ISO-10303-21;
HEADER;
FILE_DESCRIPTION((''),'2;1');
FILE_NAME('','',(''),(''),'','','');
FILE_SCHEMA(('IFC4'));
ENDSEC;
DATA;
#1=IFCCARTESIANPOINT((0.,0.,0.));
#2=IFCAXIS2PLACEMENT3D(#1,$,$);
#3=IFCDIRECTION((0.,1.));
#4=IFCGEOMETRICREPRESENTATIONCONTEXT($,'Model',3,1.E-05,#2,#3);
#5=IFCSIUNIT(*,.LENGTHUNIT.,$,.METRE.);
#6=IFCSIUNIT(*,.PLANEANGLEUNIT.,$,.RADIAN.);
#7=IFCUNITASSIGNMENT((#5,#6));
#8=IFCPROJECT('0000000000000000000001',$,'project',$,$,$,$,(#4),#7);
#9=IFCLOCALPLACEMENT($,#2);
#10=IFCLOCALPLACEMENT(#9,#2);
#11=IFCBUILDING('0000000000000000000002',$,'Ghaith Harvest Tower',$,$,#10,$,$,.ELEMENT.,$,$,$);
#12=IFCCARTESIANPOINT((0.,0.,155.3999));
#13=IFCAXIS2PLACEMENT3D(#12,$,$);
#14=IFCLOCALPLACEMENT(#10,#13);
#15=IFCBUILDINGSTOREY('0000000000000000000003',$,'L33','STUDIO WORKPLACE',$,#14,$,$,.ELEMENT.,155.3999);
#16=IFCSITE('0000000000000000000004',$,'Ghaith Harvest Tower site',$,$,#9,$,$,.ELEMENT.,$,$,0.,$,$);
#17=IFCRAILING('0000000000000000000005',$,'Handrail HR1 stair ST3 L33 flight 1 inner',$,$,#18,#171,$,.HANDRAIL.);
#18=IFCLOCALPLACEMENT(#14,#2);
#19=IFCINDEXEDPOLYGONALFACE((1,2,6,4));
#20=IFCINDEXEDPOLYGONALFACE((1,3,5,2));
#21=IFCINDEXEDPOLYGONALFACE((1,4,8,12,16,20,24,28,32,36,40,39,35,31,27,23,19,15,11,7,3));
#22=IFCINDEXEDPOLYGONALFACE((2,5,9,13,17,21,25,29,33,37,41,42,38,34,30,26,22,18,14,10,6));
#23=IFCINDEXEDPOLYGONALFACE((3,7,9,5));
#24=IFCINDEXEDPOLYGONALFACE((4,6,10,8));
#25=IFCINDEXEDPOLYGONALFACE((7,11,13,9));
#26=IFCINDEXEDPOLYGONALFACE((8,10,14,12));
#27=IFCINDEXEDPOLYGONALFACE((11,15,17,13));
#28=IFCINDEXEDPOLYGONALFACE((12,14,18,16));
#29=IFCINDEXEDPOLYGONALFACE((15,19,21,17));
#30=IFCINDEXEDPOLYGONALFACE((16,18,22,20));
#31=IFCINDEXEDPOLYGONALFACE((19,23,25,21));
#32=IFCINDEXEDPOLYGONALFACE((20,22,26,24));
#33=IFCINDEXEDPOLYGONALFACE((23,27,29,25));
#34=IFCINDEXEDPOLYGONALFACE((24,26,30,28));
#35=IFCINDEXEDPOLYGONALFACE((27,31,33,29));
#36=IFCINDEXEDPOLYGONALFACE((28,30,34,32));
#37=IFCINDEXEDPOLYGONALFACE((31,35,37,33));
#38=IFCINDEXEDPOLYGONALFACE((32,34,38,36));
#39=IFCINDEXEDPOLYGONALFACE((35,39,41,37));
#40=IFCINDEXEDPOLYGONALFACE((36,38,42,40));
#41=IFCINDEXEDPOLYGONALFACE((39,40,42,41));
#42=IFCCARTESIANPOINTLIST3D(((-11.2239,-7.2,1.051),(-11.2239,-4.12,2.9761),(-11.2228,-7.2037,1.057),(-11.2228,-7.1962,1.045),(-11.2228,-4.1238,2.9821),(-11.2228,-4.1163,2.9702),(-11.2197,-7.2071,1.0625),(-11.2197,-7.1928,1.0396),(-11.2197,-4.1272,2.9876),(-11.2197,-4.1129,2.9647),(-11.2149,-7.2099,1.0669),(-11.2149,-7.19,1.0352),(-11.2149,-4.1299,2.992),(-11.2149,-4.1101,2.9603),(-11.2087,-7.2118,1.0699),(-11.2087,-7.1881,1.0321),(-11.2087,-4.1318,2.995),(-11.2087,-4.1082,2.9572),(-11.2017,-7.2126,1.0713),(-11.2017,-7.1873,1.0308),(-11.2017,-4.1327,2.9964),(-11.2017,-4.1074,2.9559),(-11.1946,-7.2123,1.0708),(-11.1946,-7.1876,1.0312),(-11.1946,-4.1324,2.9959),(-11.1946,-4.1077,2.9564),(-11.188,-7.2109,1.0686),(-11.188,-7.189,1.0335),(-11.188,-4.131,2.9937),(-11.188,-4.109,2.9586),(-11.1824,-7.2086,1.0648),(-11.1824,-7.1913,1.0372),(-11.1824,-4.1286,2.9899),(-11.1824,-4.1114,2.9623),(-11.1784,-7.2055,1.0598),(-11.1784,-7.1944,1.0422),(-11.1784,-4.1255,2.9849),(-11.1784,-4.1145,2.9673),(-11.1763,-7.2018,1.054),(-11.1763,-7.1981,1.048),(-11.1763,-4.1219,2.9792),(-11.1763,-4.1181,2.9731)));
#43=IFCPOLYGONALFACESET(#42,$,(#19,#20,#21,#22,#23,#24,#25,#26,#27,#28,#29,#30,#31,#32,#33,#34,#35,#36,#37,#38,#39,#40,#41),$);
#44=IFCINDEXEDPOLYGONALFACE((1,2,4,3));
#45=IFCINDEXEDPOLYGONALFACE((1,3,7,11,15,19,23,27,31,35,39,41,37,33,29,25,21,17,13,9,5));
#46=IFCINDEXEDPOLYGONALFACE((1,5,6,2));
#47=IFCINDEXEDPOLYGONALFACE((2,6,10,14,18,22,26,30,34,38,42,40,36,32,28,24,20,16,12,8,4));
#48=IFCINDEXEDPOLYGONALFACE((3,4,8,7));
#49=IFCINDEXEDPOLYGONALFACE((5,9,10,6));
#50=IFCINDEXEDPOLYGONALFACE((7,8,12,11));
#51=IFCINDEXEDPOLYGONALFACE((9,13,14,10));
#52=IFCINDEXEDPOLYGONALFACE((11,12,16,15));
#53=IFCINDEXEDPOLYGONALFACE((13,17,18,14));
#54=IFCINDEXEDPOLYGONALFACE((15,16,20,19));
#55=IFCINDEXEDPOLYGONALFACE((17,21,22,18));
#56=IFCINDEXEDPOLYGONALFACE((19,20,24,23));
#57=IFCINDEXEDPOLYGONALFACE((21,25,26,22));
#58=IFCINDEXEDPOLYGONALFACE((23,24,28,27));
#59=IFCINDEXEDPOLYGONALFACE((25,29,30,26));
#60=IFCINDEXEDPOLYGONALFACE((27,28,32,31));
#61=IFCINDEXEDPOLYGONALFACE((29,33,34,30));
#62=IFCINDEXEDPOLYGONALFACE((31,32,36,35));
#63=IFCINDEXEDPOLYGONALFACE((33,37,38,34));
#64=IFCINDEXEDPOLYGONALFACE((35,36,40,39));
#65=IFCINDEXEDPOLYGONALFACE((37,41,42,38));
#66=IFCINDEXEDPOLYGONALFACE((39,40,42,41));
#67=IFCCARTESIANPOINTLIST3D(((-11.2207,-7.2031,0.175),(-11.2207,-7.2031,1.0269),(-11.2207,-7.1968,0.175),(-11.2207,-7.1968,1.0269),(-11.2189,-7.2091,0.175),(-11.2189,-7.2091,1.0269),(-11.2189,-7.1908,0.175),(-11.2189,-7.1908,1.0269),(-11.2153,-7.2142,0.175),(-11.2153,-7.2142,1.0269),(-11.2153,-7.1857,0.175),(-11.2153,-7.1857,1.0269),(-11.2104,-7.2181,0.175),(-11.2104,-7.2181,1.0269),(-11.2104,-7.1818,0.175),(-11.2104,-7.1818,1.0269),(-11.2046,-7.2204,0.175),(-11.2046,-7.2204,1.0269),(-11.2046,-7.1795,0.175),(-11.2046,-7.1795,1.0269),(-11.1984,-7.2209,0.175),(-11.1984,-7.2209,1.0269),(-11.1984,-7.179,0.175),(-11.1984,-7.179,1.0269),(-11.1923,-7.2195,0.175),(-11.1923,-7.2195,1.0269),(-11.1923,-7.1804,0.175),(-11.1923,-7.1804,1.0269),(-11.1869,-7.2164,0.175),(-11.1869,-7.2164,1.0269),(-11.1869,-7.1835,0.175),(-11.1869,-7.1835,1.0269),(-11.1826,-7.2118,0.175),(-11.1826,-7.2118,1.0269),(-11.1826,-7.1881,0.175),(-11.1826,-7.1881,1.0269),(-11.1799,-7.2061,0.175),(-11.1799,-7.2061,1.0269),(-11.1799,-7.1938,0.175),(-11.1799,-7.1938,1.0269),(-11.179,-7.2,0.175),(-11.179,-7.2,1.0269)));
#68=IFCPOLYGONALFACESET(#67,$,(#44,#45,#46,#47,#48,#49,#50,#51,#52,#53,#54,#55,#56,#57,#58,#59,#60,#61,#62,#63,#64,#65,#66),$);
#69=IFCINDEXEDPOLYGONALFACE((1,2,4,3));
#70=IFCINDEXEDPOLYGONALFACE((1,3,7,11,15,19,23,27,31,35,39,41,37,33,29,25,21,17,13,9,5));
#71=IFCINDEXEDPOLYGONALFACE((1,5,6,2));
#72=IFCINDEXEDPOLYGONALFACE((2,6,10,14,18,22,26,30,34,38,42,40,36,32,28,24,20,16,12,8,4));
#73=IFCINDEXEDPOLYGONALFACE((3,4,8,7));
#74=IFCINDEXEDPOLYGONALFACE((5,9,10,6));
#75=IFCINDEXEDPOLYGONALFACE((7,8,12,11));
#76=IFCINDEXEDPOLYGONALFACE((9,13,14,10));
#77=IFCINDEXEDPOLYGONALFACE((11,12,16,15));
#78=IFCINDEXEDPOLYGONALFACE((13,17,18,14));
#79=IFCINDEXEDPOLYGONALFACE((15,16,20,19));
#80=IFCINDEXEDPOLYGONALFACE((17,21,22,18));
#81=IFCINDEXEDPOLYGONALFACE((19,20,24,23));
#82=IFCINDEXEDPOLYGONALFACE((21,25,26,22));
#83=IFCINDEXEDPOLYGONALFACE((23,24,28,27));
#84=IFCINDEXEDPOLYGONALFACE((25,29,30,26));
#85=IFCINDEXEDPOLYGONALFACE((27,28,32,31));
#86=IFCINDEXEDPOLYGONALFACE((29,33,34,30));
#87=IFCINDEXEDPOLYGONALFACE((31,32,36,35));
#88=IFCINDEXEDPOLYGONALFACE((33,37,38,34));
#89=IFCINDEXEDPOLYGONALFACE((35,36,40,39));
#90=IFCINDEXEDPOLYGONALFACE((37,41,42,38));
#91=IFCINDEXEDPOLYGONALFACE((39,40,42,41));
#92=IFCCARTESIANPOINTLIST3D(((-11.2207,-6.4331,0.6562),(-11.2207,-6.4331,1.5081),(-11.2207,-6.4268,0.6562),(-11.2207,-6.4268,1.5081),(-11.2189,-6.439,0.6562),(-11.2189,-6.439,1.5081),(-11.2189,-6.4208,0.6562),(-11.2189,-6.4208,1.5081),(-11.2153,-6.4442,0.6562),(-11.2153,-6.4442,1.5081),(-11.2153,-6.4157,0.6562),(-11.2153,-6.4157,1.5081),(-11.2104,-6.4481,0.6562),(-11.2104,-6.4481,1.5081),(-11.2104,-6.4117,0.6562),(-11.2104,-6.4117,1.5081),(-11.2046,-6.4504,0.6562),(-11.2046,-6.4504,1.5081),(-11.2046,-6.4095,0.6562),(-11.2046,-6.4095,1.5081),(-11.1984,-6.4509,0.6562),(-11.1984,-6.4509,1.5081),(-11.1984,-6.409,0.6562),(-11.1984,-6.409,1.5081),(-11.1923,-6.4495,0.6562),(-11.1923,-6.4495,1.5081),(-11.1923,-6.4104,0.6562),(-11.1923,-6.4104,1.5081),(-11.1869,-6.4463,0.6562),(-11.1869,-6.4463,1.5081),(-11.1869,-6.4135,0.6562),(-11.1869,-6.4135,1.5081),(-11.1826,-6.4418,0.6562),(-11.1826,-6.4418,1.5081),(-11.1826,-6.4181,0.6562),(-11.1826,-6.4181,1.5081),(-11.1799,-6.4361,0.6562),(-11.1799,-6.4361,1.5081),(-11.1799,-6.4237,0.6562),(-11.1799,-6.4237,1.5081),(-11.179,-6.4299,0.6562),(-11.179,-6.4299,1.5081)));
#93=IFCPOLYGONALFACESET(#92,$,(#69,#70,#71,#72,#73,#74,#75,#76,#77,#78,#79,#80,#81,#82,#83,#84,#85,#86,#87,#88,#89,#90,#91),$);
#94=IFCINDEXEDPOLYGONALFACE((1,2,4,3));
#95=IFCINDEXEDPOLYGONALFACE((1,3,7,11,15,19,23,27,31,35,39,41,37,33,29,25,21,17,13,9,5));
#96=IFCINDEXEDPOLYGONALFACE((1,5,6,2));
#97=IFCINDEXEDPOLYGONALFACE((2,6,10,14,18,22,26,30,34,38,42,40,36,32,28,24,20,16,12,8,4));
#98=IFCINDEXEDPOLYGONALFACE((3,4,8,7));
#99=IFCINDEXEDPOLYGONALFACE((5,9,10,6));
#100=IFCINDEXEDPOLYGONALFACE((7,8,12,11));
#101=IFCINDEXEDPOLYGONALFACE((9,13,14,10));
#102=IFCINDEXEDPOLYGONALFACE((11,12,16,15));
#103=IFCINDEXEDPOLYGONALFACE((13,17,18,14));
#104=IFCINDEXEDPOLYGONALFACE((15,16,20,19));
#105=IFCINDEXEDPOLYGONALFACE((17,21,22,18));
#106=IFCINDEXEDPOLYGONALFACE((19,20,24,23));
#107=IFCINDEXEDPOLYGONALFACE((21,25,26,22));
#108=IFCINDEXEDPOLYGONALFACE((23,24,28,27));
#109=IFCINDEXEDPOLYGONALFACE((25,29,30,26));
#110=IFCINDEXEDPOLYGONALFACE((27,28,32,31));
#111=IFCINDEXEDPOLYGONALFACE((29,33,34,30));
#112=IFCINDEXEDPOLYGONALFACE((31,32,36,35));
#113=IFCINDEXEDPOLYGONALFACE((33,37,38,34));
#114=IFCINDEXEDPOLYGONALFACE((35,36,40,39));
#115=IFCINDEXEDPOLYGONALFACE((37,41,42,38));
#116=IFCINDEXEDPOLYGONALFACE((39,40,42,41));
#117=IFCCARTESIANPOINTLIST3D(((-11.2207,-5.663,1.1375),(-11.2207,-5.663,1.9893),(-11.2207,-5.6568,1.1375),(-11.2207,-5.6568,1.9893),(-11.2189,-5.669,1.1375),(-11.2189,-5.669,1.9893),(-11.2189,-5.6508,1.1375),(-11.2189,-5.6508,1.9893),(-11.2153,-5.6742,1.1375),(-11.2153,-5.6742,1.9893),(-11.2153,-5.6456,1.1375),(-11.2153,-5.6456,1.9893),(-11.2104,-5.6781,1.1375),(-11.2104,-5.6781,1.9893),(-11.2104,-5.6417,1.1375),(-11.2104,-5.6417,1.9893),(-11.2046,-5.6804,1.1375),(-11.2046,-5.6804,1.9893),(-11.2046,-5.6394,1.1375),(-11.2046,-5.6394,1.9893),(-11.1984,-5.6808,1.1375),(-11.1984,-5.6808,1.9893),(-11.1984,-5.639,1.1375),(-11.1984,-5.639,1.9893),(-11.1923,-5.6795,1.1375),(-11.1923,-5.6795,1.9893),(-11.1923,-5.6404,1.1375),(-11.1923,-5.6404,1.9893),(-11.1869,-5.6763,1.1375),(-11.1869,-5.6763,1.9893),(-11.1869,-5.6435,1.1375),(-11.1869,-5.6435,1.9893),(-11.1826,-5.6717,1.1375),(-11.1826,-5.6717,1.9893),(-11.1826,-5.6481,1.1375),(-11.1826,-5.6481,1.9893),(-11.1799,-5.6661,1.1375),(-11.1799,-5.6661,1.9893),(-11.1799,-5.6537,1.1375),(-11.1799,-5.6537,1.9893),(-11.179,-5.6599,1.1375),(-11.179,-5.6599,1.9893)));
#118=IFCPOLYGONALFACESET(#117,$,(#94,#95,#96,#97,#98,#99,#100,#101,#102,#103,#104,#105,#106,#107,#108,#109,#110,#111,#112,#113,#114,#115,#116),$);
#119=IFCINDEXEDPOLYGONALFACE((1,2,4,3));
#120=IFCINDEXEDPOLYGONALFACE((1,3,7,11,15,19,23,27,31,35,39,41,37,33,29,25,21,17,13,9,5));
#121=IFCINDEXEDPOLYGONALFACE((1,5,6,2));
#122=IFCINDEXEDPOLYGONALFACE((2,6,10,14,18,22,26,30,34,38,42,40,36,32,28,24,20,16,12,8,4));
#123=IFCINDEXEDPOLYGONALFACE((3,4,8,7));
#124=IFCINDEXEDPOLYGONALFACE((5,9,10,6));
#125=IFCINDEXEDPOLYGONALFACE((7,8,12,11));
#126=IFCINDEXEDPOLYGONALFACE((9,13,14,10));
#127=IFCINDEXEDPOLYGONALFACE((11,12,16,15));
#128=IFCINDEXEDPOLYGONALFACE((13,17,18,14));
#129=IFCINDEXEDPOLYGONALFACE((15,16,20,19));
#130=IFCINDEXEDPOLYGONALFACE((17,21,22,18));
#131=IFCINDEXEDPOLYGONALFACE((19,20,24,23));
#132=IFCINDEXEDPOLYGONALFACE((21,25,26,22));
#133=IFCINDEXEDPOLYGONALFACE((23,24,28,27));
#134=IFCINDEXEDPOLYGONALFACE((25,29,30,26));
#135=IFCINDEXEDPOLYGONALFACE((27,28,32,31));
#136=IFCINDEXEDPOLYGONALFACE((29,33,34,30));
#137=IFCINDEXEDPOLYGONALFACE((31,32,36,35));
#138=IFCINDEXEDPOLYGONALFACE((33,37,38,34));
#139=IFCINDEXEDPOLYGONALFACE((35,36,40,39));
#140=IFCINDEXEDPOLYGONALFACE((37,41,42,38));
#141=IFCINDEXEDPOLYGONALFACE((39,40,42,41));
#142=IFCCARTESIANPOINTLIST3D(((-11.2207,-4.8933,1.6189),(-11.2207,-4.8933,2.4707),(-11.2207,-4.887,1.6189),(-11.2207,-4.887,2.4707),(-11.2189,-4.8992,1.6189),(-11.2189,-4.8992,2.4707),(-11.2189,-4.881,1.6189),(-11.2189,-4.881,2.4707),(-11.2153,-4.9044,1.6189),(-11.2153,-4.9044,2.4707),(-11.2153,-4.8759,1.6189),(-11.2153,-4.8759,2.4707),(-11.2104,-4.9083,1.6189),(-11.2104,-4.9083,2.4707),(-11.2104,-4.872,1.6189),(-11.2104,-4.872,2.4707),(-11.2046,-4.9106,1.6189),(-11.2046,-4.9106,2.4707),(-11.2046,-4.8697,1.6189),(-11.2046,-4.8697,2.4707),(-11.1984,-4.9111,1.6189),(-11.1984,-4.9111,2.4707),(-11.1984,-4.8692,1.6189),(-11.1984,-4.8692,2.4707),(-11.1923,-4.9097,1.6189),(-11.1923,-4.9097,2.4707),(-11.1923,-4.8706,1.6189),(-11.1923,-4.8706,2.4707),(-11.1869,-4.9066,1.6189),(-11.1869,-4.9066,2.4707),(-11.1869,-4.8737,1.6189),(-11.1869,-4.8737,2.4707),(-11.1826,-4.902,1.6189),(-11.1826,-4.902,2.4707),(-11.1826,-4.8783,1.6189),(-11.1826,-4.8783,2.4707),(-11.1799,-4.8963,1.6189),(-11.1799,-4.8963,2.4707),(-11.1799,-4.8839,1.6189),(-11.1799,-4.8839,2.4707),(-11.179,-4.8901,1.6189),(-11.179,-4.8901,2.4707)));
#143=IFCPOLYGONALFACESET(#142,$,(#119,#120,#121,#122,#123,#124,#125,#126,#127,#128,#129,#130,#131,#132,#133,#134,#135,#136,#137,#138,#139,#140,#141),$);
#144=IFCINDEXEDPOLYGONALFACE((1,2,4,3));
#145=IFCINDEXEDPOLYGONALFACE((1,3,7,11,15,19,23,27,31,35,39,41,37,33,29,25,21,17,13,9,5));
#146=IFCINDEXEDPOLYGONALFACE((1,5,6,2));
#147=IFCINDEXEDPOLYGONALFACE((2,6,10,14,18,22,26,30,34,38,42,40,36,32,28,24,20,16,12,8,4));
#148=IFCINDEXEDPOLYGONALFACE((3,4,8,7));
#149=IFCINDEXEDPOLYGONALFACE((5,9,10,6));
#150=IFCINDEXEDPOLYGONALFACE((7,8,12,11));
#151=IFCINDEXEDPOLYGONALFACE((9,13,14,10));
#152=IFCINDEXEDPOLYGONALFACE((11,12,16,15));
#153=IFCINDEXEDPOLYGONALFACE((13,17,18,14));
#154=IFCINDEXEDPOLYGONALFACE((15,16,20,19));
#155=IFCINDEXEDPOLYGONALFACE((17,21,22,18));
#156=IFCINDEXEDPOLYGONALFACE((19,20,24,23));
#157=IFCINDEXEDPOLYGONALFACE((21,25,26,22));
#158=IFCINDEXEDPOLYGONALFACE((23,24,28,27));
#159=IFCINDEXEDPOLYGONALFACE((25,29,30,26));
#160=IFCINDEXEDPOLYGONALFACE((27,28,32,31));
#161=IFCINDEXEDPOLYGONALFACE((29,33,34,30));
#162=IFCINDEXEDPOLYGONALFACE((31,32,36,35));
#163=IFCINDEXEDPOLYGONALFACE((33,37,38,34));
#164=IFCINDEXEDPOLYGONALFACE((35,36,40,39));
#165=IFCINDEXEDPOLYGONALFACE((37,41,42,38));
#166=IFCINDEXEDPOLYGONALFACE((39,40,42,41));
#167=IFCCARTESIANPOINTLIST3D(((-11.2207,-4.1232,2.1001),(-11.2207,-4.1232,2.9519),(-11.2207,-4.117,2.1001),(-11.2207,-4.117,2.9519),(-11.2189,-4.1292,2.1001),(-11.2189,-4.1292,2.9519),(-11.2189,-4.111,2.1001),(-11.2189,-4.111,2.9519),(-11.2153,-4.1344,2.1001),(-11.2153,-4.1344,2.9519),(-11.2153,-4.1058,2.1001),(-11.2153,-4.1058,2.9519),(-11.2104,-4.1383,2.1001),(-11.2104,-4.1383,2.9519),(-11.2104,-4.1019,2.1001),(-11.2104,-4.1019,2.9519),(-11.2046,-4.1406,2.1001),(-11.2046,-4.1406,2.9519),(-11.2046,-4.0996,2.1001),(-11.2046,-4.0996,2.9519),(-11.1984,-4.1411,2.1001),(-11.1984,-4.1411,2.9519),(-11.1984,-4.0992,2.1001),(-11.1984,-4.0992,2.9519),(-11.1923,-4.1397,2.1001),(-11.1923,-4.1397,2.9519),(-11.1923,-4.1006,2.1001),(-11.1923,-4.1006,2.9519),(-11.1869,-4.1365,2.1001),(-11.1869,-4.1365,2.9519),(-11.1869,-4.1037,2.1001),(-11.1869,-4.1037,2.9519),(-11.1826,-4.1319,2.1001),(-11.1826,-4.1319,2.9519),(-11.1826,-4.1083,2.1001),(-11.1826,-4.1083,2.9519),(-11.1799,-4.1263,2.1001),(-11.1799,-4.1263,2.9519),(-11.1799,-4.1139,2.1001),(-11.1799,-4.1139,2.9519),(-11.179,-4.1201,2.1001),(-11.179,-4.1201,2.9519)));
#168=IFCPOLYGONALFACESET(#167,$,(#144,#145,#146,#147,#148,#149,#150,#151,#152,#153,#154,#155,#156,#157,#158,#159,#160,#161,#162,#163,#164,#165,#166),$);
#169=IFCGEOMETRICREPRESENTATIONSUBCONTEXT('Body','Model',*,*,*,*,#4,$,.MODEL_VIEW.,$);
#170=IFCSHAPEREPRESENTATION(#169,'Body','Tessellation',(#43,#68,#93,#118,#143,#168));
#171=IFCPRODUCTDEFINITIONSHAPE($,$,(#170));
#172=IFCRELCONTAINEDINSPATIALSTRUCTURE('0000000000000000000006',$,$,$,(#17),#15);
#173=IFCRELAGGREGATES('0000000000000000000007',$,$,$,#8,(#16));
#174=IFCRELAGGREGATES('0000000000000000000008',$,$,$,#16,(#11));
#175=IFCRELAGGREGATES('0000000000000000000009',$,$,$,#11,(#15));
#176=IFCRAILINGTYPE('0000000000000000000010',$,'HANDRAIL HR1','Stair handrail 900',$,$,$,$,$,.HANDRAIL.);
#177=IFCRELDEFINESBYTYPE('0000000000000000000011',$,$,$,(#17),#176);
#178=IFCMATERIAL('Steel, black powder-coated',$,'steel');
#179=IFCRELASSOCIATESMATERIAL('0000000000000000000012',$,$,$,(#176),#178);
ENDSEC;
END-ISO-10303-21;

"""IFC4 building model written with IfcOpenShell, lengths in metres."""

from ifc_helpers import new_model, si_unit, direction, frame, origin, origin_2d, place, context, subcontext, project, spatial, circle, extrude, material, type_object, element, save


model = new_model("IFC4")

# Units and contexts
model_context = context("Model", 3, precision=1e-05, world=origin(), true_north=direction((0.0, 1.0)))
body_context = subcontext(model_context, "Body", "Model", "MODEL_VIEW")
ifc_project = project(units=[si_unit("LENGTHUNIT", "METRE"), si_unit("PLANEANGLEUNIT", "RADIAN")], contexts=[model_context])

# Site, building, storey
site_placement = place(None, origin())
site = spatial("IfcSite", under=ifc_project, at=site_placement, Name="Ghaith Harvest Tower site", CompositionType="ELEMENT", RefElevation=0.0)
building_placement = place(site_placement, origin())
building = spatial("IfcBuilding", under=site, at=building_placement, Name="Ghaith Harvest Tower", CompositionType="ELEMENT")
storey_placement = place(building_placement, frame((0.0, 0.0, 155.3999)))
storey = spatial("IfcBuildingStorey", under=building, at=storey_placement, Name="L33", Description="STUDIO WORKPLACE", CompositionType="ELEMENT", Elevation=155.3999)

# Railing
ifc_material_1 = material(Name="Steel, black powder-coated", Category="steel")
railing_type = type_object("IfcRailingType", Name="HANDRAIL HR1", Description="Stair handrail 900", PredefinedType="HANDRAIL", material=ifc_material_1)
railing_1_placement = place(storey_placement, frame((-11.2, -7.2, 0.175)))
element("IfcRailing", 1, at=railing_1_placement, inside=storey, type_object=railing_type, Name="Handrail HR1 stair ST3 L33 flight 1 inner", PredefinedType="HANDRAIL", context=body_context, shape_type="SweptSolid", body=[
    extrude(circle(Radius=0.0239, at=origin_2d()), frame((0.0, 0.0, 0.876), z_axis=(0.0, 0.847979, 0.530029), x_axis=(-1.0, 0.0, 0.0)), (0.0, 0.0, 1.0), 3.6321),
    extrude(circle(Radius=0.021, at=origin_2d()), origin(), (0.0, 0.0, 1.0), 0.8518),
    extrude(circle(Radius=0.021, at=origin_2d()), frame((0.0, 0.77, 0.4812)), (0.0, 0.0, 1.0), 0.8518),
    extrude(circle(Radius=0.021, at=origin_2d()), frame((0.0, 1.54, 0.9624)), (0.0, 0.0, 1.0), 0.8518),
    extrude(circle(Radius=0.021, at=origin_2d()), frame((0.0, 2.3098, 1.4438)), (0.0, 0.0, 1.0), 0.8518),
    extrude(circle(Radius=0.021, at=origin_2d()), frame((0.0, 3.0798, 1.925)), (0.0, 0.0, 1.0), 0.8518),
])

save(model, "model.ifc")
